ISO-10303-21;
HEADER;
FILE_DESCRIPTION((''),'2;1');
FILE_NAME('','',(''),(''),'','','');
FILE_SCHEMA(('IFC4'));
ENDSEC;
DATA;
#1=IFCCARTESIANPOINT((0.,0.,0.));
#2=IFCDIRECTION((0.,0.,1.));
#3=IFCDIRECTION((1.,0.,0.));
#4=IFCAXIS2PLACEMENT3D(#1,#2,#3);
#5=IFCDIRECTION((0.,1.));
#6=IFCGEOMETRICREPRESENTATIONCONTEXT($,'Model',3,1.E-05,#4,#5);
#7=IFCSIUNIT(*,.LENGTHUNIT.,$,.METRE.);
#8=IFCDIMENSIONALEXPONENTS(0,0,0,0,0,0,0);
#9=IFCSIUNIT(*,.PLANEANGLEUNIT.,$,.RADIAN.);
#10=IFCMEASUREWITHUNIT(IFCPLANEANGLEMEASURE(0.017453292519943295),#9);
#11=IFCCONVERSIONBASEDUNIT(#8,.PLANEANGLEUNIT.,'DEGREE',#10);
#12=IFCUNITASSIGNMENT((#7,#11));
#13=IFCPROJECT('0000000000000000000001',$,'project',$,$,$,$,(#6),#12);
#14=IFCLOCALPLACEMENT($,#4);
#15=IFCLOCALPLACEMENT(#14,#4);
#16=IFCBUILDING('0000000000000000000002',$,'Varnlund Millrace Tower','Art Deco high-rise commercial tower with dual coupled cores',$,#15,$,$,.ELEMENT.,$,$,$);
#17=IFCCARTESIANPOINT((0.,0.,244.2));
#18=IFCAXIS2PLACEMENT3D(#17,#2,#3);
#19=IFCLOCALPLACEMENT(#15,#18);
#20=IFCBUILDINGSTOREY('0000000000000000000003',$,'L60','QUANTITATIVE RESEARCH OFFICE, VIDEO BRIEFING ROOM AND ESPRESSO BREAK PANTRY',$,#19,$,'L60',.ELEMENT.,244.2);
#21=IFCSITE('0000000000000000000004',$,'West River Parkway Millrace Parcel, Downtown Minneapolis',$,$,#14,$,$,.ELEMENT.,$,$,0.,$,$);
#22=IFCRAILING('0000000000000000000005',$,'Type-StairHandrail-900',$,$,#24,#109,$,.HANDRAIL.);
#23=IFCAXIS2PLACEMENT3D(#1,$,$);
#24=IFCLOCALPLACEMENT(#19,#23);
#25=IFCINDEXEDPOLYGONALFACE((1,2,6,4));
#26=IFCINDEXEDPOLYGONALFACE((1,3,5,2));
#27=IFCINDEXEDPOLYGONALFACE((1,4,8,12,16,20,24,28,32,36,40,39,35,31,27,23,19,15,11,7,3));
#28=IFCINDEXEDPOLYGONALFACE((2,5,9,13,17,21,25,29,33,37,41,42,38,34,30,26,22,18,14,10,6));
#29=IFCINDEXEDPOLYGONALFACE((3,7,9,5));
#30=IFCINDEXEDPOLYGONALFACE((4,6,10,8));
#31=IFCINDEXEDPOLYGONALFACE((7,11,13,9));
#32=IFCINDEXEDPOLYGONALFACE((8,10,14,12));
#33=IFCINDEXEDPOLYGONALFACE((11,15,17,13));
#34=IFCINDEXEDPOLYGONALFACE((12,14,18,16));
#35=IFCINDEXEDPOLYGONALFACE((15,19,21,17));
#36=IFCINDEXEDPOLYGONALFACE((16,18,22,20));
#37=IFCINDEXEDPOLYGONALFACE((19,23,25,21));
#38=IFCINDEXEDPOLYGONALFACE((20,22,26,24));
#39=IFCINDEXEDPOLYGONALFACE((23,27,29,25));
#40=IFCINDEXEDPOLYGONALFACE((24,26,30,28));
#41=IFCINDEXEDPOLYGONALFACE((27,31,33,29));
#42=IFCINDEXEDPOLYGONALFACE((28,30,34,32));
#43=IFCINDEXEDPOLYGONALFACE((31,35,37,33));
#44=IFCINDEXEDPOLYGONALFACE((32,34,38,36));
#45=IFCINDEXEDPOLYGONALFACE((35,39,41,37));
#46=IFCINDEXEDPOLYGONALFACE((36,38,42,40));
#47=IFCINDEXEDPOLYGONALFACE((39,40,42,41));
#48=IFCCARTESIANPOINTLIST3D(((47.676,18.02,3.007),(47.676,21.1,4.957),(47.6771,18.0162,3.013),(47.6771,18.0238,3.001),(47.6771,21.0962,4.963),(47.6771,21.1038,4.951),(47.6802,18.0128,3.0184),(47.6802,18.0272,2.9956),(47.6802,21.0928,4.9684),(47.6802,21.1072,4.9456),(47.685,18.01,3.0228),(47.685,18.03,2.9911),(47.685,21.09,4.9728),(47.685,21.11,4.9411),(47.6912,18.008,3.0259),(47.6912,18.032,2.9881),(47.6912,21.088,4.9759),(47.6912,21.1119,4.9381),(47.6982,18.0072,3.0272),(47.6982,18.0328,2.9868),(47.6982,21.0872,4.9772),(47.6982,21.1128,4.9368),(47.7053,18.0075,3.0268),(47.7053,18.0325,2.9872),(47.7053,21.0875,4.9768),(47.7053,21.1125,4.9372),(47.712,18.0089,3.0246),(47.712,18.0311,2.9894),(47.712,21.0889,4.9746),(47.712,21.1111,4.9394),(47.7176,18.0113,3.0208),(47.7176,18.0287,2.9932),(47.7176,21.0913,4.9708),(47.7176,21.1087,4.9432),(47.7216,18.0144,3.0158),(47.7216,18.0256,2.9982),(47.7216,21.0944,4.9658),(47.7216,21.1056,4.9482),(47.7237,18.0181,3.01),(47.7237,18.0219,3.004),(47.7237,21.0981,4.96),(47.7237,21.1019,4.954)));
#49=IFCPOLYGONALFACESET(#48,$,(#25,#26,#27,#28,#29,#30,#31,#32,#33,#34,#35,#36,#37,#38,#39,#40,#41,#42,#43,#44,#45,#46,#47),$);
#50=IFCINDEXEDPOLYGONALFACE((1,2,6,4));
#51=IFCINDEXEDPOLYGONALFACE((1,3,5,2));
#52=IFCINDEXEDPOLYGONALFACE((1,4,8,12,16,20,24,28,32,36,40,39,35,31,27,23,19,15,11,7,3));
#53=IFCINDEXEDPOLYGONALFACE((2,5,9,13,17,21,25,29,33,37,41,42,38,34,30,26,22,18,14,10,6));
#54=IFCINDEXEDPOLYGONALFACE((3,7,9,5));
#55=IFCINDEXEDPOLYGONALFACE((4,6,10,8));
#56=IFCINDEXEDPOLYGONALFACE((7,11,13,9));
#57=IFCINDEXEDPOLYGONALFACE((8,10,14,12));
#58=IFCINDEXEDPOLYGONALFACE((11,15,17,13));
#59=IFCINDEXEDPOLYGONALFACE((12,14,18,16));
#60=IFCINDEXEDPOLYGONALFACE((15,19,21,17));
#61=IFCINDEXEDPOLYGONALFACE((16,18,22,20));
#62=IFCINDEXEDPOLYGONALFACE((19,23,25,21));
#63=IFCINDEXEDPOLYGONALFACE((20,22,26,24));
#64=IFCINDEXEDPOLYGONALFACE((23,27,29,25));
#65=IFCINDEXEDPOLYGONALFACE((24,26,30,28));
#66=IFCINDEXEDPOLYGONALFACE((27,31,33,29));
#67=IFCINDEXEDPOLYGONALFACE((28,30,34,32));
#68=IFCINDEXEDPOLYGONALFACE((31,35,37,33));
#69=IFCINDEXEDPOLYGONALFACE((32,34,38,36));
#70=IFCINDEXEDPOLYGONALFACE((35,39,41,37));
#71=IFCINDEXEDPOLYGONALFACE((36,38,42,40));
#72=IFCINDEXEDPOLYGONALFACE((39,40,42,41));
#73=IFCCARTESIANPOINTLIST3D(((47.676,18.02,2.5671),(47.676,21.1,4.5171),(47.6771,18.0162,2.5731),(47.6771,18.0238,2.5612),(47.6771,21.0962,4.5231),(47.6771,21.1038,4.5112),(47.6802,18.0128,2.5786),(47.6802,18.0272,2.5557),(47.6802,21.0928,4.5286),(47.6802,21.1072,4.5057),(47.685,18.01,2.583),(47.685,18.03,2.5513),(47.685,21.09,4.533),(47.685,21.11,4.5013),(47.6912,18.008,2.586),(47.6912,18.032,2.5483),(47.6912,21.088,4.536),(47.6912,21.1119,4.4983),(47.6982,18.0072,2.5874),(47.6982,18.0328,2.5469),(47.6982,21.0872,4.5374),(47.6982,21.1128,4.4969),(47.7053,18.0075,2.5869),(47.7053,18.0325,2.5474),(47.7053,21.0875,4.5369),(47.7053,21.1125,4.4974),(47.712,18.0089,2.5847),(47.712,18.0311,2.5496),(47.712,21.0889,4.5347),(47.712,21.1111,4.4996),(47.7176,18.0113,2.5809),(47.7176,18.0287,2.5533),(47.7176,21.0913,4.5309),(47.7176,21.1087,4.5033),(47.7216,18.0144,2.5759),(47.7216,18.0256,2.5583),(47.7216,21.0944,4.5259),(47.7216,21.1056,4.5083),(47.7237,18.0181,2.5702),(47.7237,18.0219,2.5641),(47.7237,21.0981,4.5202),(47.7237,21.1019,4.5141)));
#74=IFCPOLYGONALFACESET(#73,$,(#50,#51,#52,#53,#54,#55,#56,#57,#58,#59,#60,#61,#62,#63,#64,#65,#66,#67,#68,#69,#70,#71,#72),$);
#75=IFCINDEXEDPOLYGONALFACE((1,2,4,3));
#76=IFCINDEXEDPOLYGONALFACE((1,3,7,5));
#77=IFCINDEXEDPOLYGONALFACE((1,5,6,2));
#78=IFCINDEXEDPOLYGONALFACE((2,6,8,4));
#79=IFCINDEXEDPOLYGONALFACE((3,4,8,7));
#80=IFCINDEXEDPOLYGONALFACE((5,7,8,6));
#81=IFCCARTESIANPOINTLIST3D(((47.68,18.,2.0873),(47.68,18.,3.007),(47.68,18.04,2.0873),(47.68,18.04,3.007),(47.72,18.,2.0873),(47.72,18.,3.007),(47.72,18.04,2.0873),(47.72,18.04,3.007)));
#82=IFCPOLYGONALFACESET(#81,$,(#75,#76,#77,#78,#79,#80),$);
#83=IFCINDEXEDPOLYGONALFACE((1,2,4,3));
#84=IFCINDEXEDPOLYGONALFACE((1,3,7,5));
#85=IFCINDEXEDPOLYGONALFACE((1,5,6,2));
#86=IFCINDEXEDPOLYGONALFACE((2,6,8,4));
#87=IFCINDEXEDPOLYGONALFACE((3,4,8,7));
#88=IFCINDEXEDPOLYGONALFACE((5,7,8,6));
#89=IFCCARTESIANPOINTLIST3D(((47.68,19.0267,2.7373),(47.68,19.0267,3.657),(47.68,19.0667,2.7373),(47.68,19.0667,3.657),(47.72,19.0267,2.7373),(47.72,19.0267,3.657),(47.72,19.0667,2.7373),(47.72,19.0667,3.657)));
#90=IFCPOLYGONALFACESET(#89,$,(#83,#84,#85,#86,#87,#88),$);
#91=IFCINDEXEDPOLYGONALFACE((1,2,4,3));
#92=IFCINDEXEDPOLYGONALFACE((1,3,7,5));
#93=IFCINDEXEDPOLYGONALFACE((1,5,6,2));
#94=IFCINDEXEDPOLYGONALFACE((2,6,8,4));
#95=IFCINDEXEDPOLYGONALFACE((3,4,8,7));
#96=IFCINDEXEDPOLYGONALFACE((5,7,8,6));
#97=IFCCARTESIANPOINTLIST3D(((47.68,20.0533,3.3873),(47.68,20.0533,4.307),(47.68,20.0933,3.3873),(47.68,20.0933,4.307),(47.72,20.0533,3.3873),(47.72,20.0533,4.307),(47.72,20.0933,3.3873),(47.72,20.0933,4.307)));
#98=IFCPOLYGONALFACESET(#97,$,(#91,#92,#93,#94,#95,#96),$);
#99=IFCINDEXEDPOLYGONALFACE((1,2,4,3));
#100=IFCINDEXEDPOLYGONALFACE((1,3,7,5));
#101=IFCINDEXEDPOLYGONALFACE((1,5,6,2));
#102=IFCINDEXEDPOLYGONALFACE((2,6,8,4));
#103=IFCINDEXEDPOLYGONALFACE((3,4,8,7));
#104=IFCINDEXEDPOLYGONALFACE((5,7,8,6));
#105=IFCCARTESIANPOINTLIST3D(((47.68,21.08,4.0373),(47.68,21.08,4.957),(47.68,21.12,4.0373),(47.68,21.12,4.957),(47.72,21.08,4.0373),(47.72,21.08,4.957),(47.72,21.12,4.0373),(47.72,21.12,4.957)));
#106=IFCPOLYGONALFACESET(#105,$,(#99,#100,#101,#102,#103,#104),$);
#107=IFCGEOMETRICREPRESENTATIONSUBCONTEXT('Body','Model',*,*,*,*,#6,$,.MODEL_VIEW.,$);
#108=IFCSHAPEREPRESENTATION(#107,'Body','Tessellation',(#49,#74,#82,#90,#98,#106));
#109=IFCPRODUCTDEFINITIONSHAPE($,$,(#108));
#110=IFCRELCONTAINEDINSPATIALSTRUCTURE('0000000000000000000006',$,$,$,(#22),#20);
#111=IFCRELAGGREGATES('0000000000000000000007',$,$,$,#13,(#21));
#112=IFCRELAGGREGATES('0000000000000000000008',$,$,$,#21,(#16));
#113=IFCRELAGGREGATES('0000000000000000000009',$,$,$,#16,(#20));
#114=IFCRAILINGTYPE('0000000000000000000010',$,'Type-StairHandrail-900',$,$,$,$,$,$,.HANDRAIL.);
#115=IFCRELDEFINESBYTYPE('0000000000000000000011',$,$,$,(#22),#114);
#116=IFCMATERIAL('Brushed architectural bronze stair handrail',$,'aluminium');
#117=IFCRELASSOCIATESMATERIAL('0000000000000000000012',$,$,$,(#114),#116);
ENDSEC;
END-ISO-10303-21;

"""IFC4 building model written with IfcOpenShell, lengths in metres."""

from ifc_helpers import new_model, entity, si_unit, converted_unit, direction, frame, origin_with_axes, origin_2d_with_axis, place, context, subcontext, project, spatial, rectangle, circle, extrude, material, type_object, element, save


model = new_model("IFC4")

# Units and contexts
model_context = context("Model", 3, precision=1e-05, world=origin_with_axes(), true_north=direction((0.0, 1.0)))
body_context = subcontext(model_context, "Body", "Model", "MODEL_VIEW")
ifc_project = project(units=[si_unit("LENGTHUNIT", "METRE"), converted_unit("PLANEANGLEUNIT", "DEGREE", entity("IfcPlaneAngleMeasure", 0.017453292519943295), si_unit("PLANEANGLEUNIT", "RADIAN"), dimensions=[0, 0, 0, 0, 0, 0, 0])], contexts=[model_context])

# Site, building, storey
site_placement = place(None, origin_with_axes())
site = spatial("IfcSite", under=ifc_project, at=site_placement, Name="West River Parkway Millrace Parcel, Downtown Minneapolis", CompositionType="ELEMENT", RefElevation=0.0)
building_placement = place(site_placement, origin_with_axes())
building = spatial("IfcBuilding", under=site, at=building_placement, Name="Varnlund Millrace Tower", Description="Art Deco high-rise commercial tower with dual coupled cores", CompositionType="ELEMENT")
storey_placement = place(building_placement, frame((0.0, 0.0, 244.2), z_axis=(0.0, 0.0, 1.0), x_axis=(1.0, 0.0, 0.0)))
storey = spatial("IfcBuildingStorey", under=building, at=storey_placement, Name="L60", Description="QUANTITATIVE RESEARCH OFFICE, VIDEO BRIEFING ROOM AND ESPRESSO BREAK PANTRY", LongName="L60", CompositionType="ELEMENT", Elevation=244.2)

# Railing
ifc_material_1 = material(Name="Brushed architectural bronze stair handrail", Category="aluminium")
railing_type_1 = type_object("IfcRailingType", Name="Type-StairHandrail-900", PredefinedType="HANDRAIL", material=ifc_material_1)
railing_1_placement = place(storey_placement, frame((0.0, 0.0, -244.2), z_axis=(0.0, 0.0, 1.0), x_axis=(1.0, 0.0, 0.0)))
element("IfcRailing", 1, at=railing_1_placement, inside=storey, type_object=railing_type_1, Name="Type-StairHandrail-900", PredefinedType="HANDRAIL", context=body_context, shape_type="SweptSolid", body=[
    extrude(circle(Radius=0.024, at=origin_2d_with_axis()), frame((47.7, 18.02, 247.207), z_axis=(0.0, 0.844902, 0.534922), x_axis=(-1.0, 0.0, 0.0)), (0.0, 0.0, 1.0), 3.6454),
    extrude(circle(Radius=0.024, at=origin_2d_with_axis()), frame((47.7, 18.02, 246.7671), z_axis=(0.0, 0.844902, 0.534922), x_axis=(-1.0, 0.0, 0.0)), (0.0, 0.0, 1.0), 3.6454),
    extrude(rectangle(XDim=0.04, YDim=0.04, at=origin_2d_with_axis()), frame((47.7, 18.02, 246.2873), z_axis=(0.0, 0.0, 1.0), x_axis=(1.0, 0.0, 0.0)), (0.0, 0.0, 1.0), 0.9197),
    extrude(rectangle(XDim=0.04, YDim=0.04, at=origin_2d_with_axis()), frame((47.7, 19.0467, 246.9373), z_axis=(0.0, 0.0, 1.0), x_axis=(1.0, 0.0, 0.0)), (0.0, 0.0, 1.0), 0.9197),
    extrude(rectangle(XDim=0.04, YDim=0.04, at=origin_2d_with_axis()), frame((47.7, 20.0733, 247.5873), z_axis=(0.0, 0.0, 1.0), x_axis=(1.0, 0.0, 0.0)), (0.0, 0.0, 1.0), 0.9197),
    extrude(rectangle(XDim=0.04, YDim=0.04, at=origin_2d_with_axis()), frame((47.7, 21.1, 248.2373), z_axis=(0.0, 0.0, 1.0), x_axis=(1.0, 0.0, 0.0)), (0.0, 0.0, 1.0), 0.9197),
])

save(model, "model.ifc")
